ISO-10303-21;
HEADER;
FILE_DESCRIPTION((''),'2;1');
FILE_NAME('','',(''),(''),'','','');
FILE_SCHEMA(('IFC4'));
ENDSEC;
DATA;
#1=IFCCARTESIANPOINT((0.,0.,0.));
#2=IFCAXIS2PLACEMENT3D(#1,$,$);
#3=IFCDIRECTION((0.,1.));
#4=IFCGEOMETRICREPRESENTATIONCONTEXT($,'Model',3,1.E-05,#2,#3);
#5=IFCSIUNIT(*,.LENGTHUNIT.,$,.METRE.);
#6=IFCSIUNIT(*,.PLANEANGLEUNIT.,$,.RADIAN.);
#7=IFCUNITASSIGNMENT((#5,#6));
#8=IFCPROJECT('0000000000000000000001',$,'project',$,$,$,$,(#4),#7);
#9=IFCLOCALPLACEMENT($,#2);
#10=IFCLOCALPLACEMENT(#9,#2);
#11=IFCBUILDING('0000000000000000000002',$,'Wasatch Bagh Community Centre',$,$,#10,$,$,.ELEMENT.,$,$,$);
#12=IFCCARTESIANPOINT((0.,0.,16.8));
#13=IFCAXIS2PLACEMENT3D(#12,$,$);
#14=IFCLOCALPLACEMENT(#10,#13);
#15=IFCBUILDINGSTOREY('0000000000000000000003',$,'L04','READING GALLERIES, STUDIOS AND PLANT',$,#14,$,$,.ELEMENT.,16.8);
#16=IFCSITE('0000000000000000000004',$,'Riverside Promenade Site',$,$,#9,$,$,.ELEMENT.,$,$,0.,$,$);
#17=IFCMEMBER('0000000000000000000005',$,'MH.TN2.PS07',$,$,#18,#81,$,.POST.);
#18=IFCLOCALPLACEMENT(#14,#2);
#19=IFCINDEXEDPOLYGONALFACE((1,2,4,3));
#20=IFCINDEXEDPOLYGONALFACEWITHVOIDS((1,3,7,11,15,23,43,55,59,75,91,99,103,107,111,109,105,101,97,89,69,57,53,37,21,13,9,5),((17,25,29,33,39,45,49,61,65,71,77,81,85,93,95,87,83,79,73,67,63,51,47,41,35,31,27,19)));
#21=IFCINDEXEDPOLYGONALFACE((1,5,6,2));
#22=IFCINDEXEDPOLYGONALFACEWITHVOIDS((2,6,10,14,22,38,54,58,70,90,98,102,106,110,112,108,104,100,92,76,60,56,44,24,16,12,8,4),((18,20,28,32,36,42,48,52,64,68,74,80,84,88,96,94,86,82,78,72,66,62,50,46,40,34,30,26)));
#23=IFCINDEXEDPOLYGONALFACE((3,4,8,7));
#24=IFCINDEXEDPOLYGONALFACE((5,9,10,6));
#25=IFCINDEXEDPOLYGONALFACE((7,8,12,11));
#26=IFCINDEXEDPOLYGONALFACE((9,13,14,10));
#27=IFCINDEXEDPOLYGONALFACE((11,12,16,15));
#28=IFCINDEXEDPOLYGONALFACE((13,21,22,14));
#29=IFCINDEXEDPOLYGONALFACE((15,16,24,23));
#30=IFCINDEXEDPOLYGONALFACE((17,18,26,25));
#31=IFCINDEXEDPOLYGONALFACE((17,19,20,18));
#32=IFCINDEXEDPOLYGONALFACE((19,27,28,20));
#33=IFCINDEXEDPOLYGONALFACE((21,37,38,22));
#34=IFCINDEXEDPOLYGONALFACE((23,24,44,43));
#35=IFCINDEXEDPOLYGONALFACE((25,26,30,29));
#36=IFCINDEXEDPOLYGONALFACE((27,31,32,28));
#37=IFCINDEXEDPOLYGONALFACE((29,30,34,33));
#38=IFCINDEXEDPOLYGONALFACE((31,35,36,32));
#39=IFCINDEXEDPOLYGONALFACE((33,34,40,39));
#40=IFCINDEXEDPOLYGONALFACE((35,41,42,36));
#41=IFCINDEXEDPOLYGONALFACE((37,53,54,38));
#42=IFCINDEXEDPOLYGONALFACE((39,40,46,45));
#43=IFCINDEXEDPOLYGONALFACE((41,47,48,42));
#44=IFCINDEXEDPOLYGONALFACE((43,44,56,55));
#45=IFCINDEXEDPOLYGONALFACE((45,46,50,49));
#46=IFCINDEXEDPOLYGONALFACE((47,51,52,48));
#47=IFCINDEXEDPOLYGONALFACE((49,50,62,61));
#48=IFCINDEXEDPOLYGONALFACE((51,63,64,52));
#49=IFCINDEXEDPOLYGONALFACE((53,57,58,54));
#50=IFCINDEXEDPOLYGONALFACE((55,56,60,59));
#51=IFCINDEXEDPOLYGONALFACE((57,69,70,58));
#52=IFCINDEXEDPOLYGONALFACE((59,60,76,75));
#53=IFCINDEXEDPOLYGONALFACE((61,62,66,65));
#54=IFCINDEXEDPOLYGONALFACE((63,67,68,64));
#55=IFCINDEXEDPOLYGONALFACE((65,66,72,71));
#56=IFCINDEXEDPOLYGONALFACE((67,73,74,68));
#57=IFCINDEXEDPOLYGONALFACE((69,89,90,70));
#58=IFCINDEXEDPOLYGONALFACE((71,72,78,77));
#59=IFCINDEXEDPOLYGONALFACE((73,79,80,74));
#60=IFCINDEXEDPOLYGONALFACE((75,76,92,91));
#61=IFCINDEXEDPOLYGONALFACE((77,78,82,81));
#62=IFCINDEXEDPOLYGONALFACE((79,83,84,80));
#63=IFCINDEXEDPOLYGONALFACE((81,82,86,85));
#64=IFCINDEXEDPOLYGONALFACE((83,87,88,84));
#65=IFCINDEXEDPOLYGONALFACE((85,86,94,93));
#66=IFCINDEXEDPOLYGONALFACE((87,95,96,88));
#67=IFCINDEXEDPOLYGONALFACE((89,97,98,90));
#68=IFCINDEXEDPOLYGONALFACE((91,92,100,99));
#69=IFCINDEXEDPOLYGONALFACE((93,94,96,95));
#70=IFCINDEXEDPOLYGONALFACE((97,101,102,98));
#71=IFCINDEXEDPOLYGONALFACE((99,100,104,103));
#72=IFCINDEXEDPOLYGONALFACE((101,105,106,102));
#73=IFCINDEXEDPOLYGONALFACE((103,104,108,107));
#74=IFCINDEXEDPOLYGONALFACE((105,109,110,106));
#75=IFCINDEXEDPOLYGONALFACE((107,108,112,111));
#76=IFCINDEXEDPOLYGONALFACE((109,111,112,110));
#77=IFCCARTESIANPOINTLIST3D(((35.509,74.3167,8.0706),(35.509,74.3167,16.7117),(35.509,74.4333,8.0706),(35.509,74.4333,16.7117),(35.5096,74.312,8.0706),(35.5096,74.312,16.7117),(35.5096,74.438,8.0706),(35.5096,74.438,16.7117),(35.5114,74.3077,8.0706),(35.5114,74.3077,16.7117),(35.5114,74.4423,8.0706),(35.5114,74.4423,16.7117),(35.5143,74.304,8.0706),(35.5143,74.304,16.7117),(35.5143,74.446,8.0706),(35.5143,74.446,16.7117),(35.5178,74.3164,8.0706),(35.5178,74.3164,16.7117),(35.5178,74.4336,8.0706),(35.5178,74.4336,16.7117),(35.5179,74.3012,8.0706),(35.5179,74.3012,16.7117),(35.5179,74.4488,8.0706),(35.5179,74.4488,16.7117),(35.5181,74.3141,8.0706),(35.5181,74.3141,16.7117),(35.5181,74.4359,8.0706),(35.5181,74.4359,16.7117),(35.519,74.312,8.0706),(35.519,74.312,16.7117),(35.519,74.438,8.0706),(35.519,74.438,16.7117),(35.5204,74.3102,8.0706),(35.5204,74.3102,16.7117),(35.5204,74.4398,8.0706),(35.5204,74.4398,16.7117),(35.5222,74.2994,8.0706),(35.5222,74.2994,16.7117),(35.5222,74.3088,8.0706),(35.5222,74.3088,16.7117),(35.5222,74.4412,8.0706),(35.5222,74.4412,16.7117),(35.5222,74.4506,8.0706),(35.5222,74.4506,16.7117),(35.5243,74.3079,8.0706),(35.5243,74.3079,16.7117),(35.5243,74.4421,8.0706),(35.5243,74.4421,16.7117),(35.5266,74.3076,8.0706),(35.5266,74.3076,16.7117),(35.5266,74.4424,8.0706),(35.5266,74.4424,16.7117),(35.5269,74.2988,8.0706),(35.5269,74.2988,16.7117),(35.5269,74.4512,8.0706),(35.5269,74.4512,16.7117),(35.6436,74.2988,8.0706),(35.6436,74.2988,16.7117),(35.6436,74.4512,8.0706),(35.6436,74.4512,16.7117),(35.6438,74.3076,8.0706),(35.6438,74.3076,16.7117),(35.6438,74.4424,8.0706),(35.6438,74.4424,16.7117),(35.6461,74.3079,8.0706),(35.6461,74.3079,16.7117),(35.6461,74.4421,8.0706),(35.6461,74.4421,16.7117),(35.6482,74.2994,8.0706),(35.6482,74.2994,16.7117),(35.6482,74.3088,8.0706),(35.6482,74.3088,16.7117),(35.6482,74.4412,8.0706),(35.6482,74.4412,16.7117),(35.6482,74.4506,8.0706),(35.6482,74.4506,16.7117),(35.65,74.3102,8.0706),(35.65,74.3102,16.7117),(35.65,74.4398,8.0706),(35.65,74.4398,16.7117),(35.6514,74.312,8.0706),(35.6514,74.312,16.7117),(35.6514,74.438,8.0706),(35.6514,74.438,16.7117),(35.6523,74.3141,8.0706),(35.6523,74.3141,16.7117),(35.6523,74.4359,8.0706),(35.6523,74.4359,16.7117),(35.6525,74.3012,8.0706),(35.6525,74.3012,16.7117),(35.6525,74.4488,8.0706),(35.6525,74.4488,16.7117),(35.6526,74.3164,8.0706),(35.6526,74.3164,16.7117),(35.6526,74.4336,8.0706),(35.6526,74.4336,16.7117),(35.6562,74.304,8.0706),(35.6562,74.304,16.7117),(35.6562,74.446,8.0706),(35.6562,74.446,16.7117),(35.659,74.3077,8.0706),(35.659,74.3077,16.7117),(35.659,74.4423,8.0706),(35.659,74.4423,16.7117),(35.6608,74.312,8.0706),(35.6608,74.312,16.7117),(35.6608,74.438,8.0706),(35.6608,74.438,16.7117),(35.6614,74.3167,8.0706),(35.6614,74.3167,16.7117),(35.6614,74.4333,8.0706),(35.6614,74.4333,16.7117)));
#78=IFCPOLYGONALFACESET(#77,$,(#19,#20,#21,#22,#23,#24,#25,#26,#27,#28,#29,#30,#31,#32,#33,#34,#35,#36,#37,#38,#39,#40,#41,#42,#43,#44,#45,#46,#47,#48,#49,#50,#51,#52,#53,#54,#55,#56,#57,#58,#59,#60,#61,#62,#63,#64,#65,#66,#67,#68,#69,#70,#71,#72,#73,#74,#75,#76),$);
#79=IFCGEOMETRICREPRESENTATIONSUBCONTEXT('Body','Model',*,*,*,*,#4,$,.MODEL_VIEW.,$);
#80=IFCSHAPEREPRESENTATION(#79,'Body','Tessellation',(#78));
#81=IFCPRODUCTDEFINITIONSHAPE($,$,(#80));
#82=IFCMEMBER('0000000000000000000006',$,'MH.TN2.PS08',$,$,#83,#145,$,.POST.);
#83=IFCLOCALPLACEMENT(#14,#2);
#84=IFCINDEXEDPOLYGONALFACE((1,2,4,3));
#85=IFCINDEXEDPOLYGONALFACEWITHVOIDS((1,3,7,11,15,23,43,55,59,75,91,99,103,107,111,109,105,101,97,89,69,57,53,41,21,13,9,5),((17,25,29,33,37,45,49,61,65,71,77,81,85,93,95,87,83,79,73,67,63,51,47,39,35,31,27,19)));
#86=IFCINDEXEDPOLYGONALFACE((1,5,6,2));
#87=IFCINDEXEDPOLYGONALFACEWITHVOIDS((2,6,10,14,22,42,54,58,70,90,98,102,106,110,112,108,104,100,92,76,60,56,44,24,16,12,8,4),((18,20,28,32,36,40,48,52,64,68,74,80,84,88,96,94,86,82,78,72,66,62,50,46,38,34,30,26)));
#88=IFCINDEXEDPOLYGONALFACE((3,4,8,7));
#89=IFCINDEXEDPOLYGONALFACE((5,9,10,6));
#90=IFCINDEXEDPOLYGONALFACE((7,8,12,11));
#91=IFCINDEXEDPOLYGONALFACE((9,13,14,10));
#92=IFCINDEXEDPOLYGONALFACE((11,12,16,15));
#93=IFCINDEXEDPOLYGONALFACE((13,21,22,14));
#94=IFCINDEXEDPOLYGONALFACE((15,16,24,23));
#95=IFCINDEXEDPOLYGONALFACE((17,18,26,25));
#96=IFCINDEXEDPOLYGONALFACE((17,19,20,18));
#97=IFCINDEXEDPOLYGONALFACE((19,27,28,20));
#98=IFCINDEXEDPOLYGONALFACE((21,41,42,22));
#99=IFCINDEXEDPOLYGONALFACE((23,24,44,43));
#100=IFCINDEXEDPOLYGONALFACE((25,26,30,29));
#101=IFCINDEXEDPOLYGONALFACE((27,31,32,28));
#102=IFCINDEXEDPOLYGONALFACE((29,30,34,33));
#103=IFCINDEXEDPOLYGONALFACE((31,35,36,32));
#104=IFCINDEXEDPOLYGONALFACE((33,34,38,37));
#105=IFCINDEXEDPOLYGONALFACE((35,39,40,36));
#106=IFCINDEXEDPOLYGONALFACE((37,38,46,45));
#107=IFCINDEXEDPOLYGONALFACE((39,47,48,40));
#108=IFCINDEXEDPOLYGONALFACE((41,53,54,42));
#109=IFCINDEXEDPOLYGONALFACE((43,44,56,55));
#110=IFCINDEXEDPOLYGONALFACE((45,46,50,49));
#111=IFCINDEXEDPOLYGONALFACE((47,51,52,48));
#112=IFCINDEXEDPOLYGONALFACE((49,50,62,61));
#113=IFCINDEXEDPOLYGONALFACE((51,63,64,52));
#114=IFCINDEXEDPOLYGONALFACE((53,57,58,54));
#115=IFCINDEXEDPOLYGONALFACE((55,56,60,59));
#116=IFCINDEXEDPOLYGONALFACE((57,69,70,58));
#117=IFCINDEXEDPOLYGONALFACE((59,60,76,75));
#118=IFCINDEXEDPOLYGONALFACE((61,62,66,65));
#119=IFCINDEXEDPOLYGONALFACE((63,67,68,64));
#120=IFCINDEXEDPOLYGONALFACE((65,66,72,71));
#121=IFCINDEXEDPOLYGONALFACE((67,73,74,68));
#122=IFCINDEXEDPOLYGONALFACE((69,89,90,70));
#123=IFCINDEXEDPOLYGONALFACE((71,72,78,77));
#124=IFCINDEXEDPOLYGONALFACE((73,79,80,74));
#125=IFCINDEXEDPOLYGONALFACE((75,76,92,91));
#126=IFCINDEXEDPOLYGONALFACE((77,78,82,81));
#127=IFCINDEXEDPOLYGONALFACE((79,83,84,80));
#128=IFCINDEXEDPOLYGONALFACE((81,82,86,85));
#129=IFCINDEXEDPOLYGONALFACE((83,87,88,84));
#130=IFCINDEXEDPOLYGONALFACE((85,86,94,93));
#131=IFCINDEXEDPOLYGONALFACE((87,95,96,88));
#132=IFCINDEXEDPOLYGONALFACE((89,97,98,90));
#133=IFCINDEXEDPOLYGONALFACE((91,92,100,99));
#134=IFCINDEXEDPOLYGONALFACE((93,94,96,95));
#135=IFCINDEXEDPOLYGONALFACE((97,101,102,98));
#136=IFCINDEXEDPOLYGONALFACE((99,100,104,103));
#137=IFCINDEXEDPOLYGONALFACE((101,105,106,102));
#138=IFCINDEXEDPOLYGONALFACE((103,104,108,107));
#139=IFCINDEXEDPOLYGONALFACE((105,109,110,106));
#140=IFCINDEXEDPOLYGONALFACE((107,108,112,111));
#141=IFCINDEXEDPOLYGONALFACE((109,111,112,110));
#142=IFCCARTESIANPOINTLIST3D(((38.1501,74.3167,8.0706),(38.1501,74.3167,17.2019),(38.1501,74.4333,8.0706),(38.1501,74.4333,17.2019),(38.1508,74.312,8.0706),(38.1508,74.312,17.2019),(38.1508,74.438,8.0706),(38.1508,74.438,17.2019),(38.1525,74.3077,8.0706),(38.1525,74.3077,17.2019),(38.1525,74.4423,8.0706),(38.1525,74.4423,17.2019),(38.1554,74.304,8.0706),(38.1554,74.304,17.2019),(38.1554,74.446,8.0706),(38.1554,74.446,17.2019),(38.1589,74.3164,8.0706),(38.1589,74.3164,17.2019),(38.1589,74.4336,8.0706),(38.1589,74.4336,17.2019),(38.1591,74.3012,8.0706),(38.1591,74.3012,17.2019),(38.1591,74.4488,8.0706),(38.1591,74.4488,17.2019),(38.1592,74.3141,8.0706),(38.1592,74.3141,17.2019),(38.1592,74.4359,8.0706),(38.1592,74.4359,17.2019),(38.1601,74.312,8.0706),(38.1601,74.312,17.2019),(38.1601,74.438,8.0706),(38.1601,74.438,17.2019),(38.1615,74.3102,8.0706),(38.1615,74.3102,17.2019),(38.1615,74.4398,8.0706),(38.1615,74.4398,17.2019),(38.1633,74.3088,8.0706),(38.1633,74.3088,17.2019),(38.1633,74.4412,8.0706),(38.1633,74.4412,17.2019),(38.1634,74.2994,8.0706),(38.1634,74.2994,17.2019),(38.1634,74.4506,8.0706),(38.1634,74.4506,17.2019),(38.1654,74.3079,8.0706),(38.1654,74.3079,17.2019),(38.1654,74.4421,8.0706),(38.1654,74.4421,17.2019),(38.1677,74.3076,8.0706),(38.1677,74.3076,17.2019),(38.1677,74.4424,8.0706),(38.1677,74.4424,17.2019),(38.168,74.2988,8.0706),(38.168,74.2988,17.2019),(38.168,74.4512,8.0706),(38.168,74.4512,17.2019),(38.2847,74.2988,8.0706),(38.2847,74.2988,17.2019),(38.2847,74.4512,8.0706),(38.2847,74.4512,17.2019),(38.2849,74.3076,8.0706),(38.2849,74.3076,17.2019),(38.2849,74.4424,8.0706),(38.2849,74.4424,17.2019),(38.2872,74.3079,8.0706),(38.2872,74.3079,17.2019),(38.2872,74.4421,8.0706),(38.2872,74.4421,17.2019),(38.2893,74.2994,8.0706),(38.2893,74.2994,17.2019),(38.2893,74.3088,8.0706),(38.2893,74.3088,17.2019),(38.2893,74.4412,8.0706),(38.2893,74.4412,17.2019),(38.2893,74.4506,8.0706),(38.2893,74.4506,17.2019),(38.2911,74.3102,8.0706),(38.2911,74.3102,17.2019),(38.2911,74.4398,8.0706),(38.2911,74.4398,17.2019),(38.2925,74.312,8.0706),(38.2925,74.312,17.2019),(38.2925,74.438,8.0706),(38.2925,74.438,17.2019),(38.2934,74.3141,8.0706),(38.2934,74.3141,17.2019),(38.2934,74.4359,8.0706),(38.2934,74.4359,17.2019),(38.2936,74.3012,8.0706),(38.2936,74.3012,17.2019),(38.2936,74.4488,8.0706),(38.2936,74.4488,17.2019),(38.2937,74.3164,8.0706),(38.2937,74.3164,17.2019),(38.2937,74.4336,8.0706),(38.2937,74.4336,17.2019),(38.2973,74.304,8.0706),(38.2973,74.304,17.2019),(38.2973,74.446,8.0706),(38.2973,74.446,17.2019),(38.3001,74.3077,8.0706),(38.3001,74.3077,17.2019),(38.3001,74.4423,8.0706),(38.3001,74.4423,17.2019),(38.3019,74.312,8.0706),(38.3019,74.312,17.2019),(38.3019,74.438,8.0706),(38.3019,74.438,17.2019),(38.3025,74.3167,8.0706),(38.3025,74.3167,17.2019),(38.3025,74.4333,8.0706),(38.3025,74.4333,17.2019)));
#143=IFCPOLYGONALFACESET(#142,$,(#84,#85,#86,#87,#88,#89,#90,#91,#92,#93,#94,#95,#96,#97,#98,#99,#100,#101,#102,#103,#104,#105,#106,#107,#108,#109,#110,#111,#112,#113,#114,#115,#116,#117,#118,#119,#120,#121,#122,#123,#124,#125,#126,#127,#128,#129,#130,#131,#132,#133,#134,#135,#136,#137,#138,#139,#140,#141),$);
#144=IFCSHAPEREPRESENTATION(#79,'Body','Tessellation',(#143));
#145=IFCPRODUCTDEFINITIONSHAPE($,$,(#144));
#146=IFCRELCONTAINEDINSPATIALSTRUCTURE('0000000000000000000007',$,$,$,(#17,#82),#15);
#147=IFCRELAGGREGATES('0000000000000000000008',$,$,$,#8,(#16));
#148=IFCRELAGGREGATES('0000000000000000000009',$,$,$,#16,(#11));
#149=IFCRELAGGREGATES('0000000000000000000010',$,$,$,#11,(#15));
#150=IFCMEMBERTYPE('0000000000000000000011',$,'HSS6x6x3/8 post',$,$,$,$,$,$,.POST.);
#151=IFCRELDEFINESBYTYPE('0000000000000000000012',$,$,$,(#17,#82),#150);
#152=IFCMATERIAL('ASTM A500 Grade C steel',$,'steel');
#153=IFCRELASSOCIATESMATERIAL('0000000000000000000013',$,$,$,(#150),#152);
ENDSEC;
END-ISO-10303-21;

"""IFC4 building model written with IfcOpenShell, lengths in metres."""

from ifc_helpers import new_model, si_unit, direction, frame, origin, origin_2d, place, context, subcontext, project, spatial, hollow_rectangle, extrude, material, material_profile, profile_set, type_object, element, save


model = new_model("IFC4")

# Units and contexts
model_context = context("Model", 3, precision=1e-05, world=origin(), true_north=direction((0.0, 1.0)))
body_context = subcontext(model_context, "Body", "Model", "MODEL_VIEW")
ifc_project = project(units=[si_unit("LENGTHUNIT", "METRE"), si_unit("PLANEANGLEUNIT", "RADIAN")], contexts=[model_context])

# Site, building, storey
site_placement = place(None, origin())
site = spatial("IfcSite", under=ifc_project, at=site_placement, Name="Riverside Promenade Site", CompositionType="ELEMENT", RefElevation=0.0)
building_placement = place(site_placement, origin())
building = spatial("IfcBuilding", under=site, at=building_placement, Name="Wasatch Bagh Community Centre", CompositionType="ELEMENT")
storey_placement = place(building_placement, frame((0.0, 0.0, 16.8)))
storey = spatial("IfcBuildingStorey", under=building, at=storey_placement, Name="L04", Description="READING GALLERIES, STUDIOS AND PLANT", CompositionType="ELEMENT", Elevation=16.8)

# Members
ifc_material_1 = material(Name="ASTM A500 Grade C steel", Category="steel")
ifc_material_profile_1 = material_profile(ifc_material_1, hollow_rectangle(XDim=0.1523, YDim=0.1523, WallThickness=0.0088, InnerFilletRadius=0.0088, OuterFilletRadius=0.0178, at=origin_2d()), Name="HSS6x6x3/8")
ifc_profile_set_1 = profile_set([ifc_material_profile_1], Name="ASTM A500 Grade C steel")
member_type_1 = type_object("IfcMemberType", Name="HSS6x6x3/8 post", PredefinedType="POST", material=ifc_profile_set_1)
member_1_placement = place(storey_placement, frame((35.5852, 74.375, 8.0706), z_axis=(0.0, 0.0, 1.0), x_axis=(1.0, 0.0, 0.0)))
element("IfcMember", 1, at=member_1_placement, inside=storey, type_object=member_type_1, Name="MH.TN2.PS07", PredefinedType="POST", context=body_context, shape_type="SweptSolid", body=[
    extrude(hollow_rectangle(XDim=0.1523, YDim=0.1523, WallThickness=0.0088, InnerFilletRadius=0.0088, OuterFilletRadius=0.0178, at=origin_2d()), origin(), (0.0, 0.0, 1.0), 8.6411),
])
member_2_placement = place(storey_placement, frame((38.2263, 74.375, 8.0706), z_axis=(0.0, 0.0, 1.0), x_axis=(1.0, 0.0, 0.0)))
element("IfcMember", 2, at=member_2_placement, inside=storey, type_object=member_type_1, Name="MH.TN2.PS08", PredefinedType="POST", context=body_context, shape_type="SweptSolid", body=[
    extrude(hollow_rectangle(XDim=0.1523, YDim=0.1523, WallThickness=0.0088, InnerFilletRadius=0.0088, OuterFilletRadius=0.0178, at=origin_2d()), origin(), (0.0, 0.0, 1.0), 9.1313),
])

save(model, "model.ifc")
